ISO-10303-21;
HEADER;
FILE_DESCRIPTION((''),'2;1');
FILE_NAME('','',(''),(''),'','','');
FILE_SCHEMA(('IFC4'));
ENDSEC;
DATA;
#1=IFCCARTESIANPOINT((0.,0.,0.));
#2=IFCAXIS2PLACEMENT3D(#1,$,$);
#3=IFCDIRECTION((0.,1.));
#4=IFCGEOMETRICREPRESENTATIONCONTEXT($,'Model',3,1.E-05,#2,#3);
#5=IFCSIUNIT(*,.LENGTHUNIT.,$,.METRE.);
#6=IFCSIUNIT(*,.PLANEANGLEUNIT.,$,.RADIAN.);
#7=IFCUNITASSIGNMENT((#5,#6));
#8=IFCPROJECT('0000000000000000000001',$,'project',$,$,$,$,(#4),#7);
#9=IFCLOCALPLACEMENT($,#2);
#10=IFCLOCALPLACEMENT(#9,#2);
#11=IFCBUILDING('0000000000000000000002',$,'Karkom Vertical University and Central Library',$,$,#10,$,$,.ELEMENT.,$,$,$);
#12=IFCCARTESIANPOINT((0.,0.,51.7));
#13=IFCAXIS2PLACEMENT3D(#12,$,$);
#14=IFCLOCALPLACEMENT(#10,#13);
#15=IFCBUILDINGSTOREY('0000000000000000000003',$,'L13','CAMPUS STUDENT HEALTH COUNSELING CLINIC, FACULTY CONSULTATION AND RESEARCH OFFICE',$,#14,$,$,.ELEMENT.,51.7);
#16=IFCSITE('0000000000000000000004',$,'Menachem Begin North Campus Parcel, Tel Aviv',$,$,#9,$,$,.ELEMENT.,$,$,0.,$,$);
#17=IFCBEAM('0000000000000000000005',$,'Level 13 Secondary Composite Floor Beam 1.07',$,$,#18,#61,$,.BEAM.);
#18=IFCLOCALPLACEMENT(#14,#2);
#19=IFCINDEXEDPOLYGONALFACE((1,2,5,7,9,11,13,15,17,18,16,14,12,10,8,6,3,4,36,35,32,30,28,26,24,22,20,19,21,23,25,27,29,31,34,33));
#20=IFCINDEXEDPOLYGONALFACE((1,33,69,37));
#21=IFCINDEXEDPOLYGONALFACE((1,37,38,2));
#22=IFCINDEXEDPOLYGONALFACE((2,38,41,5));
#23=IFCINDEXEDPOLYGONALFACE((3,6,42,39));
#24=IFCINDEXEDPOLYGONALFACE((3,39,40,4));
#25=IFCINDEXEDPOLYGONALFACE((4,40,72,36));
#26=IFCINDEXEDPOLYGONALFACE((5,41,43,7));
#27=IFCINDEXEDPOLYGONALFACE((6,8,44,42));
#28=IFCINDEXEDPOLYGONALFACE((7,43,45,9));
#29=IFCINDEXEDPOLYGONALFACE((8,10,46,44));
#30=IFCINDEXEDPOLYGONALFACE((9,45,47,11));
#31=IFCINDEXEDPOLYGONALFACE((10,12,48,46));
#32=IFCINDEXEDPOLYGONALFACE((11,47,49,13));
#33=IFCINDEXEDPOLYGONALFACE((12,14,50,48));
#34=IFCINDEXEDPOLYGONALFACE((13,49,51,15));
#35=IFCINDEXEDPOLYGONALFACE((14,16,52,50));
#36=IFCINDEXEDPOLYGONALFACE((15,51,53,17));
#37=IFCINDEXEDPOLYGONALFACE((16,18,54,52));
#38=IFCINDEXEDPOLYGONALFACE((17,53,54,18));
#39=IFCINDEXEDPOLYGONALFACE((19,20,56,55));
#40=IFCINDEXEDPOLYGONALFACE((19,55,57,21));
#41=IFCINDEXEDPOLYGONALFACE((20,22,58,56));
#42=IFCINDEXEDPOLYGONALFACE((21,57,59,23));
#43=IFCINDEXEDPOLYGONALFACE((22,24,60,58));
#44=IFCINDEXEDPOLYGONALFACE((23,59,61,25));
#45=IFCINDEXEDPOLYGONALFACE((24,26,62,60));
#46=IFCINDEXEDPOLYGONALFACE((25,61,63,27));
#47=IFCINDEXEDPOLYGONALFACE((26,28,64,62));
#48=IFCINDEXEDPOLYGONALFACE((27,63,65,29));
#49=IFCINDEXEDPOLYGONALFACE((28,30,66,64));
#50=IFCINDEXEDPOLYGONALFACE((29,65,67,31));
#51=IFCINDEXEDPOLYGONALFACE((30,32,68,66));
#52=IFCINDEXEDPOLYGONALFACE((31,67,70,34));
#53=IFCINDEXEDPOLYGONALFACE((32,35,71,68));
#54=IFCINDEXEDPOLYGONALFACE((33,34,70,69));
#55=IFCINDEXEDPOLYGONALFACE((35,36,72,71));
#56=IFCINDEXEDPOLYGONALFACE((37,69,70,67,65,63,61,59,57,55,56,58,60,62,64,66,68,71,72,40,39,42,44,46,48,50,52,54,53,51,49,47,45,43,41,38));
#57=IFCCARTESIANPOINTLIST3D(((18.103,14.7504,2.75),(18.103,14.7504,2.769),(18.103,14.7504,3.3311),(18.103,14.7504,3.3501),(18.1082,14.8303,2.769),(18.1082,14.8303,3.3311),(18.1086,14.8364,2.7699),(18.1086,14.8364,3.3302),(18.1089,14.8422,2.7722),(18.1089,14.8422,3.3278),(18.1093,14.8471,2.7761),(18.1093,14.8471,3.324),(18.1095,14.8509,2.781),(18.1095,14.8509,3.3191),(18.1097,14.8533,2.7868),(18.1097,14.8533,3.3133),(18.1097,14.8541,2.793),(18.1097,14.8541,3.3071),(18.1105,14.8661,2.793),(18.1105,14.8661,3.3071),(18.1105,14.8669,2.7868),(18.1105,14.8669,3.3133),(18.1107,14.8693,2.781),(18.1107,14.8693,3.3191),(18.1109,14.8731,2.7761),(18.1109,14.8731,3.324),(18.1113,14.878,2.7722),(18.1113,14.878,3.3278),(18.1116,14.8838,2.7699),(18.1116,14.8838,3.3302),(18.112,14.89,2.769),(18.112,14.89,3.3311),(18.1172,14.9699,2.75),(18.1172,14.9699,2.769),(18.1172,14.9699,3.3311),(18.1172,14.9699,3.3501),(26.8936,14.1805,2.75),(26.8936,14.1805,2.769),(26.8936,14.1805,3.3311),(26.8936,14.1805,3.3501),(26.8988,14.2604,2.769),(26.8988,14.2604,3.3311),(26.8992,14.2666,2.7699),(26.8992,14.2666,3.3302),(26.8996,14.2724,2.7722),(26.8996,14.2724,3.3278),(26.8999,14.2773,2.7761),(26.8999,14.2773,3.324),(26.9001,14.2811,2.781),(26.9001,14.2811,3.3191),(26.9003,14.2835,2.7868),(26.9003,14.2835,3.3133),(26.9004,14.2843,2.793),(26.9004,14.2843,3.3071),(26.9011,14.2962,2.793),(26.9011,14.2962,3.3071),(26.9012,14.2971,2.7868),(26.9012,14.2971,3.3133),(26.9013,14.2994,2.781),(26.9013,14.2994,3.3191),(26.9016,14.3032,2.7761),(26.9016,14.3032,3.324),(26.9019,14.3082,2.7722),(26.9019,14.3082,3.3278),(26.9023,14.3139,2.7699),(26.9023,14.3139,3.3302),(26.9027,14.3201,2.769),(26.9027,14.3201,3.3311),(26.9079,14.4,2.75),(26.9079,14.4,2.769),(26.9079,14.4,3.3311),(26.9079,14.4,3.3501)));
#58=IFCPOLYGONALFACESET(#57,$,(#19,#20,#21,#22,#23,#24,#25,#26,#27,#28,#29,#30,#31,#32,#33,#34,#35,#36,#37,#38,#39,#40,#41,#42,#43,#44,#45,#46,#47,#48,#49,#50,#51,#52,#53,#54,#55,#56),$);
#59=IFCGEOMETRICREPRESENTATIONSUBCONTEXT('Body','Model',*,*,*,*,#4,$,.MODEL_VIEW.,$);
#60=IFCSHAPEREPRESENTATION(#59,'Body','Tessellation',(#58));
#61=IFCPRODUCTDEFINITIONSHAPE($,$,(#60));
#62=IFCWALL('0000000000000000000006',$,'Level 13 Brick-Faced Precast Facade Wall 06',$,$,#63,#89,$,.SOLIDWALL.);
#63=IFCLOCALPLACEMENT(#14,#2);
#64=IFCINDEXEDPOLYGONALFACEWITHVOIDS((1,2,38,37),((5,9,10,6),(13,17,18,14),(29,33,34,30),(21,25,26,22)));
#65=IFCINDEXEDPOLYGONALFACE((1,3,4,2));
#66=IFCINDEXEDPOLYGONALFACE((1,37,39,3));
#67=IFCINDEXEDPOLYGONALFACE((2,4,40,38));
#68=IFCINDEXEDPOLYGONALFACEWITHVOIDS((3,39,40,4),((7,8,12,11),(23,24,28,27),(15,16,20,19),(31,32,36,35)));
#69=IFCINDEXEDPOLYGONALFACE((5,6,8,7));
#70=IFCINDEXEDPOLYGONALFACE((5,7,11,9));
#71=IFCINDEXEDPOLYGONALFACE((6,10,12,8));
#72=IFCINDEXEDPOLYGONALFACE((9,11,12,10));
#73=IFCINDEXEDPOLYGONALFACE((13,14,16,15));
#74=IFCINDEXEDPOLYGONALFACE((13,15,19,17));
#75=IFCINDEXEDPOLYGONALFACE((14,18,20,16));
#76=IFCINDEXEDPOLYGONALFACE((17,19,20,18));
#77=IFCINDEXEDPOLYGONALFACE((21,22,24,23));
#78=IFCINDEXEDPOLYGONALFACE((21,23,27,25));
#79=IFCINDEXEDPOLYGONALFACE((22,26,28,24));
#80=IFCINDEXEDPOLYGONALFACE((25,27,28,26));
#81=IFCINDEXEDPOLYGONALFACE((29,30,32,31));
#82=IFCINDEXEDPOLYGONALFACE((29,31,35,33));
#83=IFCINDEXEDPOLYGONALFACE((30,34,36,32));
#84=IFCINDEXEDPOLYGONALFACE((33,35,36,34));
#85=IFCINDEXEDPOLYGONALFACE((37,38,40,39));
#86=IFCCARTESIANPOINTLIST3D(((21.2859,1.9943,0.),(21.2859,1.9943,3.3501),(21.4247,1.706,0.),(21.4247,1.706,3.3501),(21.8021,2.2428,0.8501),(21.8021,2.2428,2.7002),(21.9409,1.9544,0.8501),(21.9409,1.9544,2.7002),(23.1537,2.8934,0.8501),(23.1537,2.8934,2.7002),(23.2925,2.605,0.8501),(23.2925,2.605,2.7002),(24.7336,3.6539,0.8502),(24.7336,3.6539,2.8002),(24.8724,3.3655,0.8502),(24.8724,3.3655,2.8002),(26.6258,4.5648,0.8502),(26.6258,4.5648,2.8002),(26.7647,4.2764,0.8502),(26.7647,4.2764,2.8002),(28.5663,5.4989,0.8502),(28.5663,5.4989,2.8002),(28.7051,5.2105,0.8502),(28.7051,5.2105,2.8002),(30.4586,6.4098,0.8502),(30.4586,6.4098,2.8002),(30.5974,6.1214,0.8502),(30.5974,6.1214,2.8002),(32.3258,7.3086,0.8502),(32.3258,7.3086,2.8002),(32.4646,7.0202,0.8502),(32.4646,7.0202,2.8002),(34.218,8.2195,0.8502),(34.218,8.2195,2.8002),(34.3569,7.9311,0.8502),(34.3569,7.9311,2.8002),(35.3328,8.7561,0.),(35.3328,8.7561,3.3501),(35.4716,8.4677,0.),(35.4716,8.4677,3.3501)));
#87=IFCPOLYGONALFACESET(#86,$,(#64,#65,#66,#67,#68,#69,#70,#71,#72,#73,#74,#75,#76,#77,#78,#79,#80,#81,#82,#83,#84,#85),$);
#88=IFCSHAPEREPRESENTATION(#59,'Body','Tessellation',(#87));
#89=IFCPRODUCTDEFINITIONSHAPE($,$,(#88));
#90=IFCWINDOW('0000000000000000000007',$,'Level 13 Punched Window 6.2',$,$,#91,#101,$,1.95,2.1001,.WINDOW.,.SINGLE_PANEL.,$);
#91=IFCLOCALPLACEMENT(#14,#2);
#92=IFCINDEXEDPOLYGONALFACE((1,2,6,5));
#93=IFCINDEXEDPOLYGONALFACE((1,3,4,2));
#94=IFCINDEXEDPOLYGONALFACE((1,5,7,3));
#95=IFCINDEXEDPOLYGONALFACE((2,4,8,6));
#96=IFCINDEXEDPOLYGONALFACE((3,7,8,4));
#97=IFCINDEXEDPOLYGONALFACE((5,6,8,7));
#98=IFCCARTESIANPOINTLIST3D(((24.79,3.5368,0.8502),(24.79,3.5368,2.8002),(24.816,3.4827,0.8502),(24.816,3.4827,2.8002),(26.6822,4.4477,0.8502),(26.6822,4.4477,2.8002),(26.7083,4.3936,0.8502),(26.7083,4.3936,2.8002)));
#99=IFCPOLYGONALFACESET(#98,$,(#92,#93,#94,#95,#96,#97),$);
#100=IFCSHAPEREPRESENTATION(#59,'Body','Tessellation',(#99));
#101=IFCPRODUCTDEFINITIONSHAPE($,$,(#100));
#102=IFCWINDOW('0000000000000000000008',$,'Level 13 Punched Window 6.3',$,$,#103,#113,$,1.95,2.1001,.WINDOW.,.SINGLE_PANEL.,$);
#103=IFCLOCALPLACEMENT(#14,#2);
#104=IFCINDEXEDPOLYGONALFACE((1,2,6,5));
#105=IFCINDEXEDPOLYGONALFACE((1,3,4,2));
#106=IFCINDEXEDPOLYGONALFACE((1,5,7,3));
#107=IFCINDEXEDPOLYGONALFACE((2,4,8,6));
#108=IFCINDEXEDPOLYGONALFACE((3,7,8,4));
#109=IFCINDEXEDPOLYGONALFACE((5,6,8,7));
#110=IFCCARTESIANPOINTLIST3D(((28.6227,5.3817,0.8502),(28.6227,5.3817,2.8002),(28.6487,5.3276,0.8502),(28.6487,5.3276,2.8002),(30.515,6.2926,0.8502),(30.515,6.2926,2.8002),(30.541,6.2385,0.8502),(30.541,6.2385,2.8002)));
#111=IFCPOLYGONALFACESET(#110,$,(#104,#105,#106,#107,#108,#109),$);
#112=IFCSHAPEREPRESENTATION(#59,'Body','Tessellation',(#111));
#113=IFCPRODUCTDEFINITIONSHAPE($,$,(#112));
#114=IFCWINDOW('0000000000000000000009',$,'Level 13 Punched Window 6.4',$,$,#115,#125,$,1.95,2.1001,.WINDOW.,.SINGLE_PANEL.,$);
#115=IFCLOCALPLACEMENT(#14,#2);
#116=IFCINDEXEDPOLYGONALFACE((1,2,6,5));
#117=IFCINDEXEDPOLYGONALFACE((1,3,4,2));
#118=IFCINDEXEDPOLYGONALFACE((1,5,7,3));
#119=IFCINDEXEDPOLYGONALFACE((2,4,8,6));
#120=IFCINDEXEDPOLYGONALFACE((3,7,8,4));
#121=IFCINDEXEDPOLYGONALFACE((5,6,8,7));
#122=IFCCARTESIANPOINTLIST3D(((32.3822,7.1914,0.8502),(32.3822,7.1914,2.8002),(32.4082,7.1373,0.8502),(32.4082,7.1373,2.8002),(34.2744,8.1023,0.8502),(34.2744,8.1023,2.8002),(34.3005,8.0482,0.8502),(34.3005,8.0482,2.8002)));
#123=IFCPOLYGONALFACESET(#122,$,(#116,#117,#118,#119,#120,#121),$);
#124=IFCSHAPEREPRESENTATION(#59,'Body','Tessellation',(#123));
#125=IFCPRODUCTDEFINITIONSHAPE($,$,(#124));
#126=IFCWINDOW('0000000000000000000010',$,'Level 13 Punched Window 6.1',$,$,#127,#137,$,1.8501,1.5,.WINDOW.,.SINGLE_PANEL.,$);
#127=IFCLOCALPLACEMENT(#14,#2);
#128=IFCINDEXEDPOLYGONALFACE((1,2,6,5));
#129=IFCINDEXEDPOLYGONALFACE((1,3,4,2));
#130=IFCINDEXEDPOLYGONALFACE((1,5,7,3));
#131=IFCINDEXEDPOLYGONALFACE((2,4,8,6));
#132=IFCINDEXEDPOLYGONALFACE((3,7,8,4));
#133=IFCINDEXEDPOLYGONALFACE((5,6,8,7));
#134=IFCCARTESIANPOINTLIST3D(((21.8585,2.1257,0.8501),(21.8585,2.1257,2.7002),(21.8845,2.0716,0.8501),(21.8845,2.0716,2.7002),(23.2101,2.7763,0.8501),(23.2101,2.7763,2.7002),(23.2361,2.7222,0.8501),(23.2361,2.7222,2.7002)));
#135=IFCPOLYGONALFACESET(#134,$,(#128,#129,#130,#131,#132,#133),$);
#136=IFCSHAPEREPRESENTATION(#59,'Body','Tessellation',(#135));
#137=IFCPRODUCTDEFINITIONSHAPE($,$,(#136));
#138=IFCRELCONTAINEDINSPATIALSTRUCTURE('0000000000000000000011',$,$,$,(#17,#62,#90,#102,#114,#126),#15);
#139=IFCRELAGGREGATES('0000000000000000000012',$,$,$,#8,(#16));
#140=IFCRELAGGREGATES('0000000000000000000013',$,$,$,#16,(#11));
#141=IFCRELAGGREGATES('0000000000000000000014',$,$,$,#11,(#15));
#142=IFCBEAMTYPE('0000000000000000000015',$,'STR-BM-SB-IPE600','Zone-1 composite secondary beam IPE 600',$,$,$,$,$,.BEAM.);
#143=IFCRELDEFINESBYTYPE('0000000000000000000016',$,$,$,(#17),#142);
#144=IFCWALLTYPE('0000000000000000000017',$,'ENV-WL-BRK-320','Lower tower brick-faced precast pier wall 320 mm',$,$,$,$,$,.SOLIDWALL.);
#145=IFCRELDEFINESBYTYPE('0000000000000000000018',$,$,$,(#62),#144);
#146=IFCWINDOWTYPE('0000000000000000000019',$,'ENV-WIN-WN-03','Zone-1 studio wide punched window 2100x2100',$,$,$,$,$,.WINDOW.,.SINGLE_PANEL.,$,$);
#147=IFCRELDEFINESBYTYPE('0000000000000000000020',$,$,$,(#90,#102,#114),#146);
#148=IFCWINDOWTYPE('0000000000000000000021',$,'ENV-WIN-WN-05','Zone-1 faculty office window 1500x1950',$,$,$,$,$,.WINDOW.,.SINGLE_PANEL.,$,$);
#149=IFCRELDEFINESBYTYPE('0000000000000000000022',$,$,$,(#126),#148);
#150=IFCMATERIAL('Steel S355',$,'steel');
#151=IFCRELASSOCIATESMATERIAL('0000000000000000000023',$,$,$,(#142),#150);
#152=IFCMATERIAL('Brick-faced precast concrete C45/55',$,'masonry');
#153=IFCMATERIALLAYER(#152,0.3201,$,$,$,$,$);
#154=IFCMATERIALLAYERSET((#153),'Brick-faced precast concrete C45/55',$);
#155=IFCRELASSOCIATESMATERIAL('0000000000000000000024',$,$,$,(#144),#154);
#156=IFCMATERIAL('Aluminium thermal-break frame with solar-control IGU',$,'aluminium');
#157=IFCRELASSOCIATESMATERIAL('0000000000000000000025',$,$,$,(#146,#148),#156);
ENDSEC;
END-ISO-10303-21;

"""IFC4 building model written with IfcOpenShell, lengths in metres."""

from ifc_helpers import new_model, si_unit, direction, frame, frame_2d, origin, origin_with_axes, origin_2d, place, context, subcontext, project, spatial, rectangle, i_section, extrude, source, transform, mapped, material, layer, layer_set, material_profile, profile_set, type_object, element, fill, save


model = new_model("IFC4")

# Units and contexts
model_context = context("Model", 3, precision=1e-05, world=origin(), true_north=direction((0.0, 1.0)))
body_context = subcontext(model_context, "Body", "Model", "MODEL_VIEW")
ifc_project = project(units=[si_unit("LENGTHUNIT", "METRE"), si_unit("PLANEANGLEUNIT", "RADIAN")], contexts=[model_context])

# Site, building, storey
site_placement = place(None, origin())
site = spatial("IfcSite", under=ifc_project, at=site_placement, Name="Menachem Begin North Campus Parcel, Tel Aviv", CompositionType="ELEMENT", RefElevation=0.0)
building_placement = place(site_placement, origin())
building = spatial("IfcBuilding", under=site, at=building_placement, Name="Karkom Vertical University and Central Library", CompositionType="ELEMENT")
storey_placement = place(building_placement, frame((0.0, 0.0, 51.7)))
storey = spatial("IfcBuildingStorey", under=building, at=storey_placement, Name="L13", Description="CAMPUS STUDENT HEALTH COUNSELING CLINIC, FACULTY CONSULTATION AND RESEARCH OFFICE", CompositionType="ELEMENT", Elevation=51.7)

# Beam
ifc_material_1 = material(Name="Steel S355", Category="steel")
ifc_material_profile_1 = material_profile(ifc_material_1, i_section(OverallWidth=0.22, OverallDepth=0.6001, WebThickness=0.012, FlangeThickness=0.019, FilletRadius=0.0239, at=origin_2d()), Name="IPE 600")
ifc_profile_set_1 = profile_set([ifc_material_profile_1], Name="Steel S355")
beam_type_1 = type_object("IfcBeamType", Name="STR-BM-SB-IPE600", Description="Zone-1 composite secondary beam IPE 600", PredefinedType="BEAM", material=ifc_profile_set_1)
shared_shape_1 = source(origin_with_axes(), body_context, "Body", "SweptSolid", [
    extrude(i_section(OverallWidth=0.22, OverallDepth=0.6001, WebThickness=0.012, FlangeThickness=0.019, FilletRadius=0.0239, at=origin_2d()), origin(), (0.0, 0.0, 1.0), 8.8091),
])
beam_1_placement = place(storey_placement, frame((18.1101, 14.8601, 3.05), z_axis=(0.997906, -0.064687, 0.0), x_axis=(0.064687, 0.997906, 0.0)))
element("IfcBeam", 1, at=beam_1_placement, inside=storey, type_object=beam_type_1, Name="Level 13 Secondary Composite Floor Beam 1.07", PredefinedType="BEAM", context=body_context, shape_type="MappedRepresentation", body=[
    mapped(shared_shape_1, transform((0.0, 0.0, 0.0), scale=1.0)),
])

# Wall, openings, windows
ifc_material_2 = material(Name="Brick-faced precast concrete C45/55", Category="masonry")
ifc_layer_1 = layer(ifc_material_2, 0.3201)
ifc_layer_set_1 = layer_set([ifc_layer_1], Name="Brick-faced precast concrete C45/55")
wall_type_1 = type_object("IfcWallType", Name="ENV-WL-BRK-320", Description="Lower tower brick-faced precast pier wall 320 mm", PredefinedType="SOLIDWALL", material=ifc_layer_set_1)
wall_1_placement = place(storey_placement, frame((21.3552, 1.8501, 0.0), z_axis=(0.0, 0.0, 1.0), x_axis=(0.901042, 0.433733, 0.0)))
wall_1 = element("IfcWall", 2, at=wall_1_placement, inside=storey, type_object=wall_type_1, Name="Level 13 Brick-Faced Precast Facade Wall 06", PredefinedType="SOLIDWALL", context=body_context, shape_type="SweptSolid", body=[
    extrude(rectangle(XDim=15.5896, YDim=0.3201, at=frame_2d((7.7949, 0.0))), origin(), (0.0, 0.0, 1.0), 3.3501),
])
opening_1_placement = place(wall_1_placement, frame((0.573, 0.0, 0.8501)))
opening_1 = element("IfcOpeningElement", 3, at=opening_1_placement, cuts=wall_1, PredefinedType="OPENING", context=body_context, shape_type="SweptSolid", body=[
    extrude(rectangle(XDim=1.5, YDim=1.8501, at=frame_2d((0.75, 0.925))), frame((0.0, 0.1699, 0.0), z_axis=(0.0, -1.0, 0.0), x_axis=(1.0, 0.0, 0.0)), (0.0, 0.0, 1.0), 0.3401),
])
opening_2_placement = place(wall_1_placement, frame((3.8264, 0.0, 0.8501)))
opening_2 = element("IfcOpeningElement", 4, at=opening_2_placement, cuts=wall_1, PredefinedType="OPENING", context=body_context, shape_type="SweptSolid", body=[
    extrude(rectangle(XDim=2.1001, YDim=1.95, at=frame_2d((1.05, 0.9751))), frame((0.0, 0.1699, 0.0), z_axis=(0.0, -1.0, 0.0), x_axis=(1.0, 0.0, 0.0)), (0.0, 0.0, 1.0), 0.3401),
])
opening_3_placement = place(wall_1_placement, frame((8.0801, 0.0, 0.8501)))
opening_3 = element("IfcOpeningElement", 5, at=opening_3_placement, cuts=wall_1, PredefinedType="OPENING", context=body_context, shape_type="SweptSolid", body=[
    extrude(rectangle(XDim=2.1001, YDim=1.95, at=frame_2d((1.05, 0.9751))), frame((0.0, 0.1699, 0.0), z_axis=(0.0, -1.0, 0.0), x_axis=(1.0, 0.0, 0.0)), (0.0, 0.0, 1.0), 0.3401),
])
opening_4_placement = place(wall_1_placement, frame((12.2524, 0.0, 0.8501)))
opening_4 = element("IfcOpeningElement", 6, at=opening_4_placement, cuts=wall_1, PredefinedType="OPENING", context=body_context, shape_type="SweptSolid", body=[
    extrude(rectangle(XDim=2.1001, YDim=1.95, at=frame_2d((1.05, 0.9751))), frame((0.0, 0.1699, 0.0), z_axis=(0.0, -1.0, 0.0), x_axis=(1.0, 0.0, 0.0)), (0.0, 0.0, 1.0), 0.3401),
])
ifc_material_3 = material(Name="Aluminium thermal-break frame with solar-control IGU", Category="aluminium")
window_type_1 = type_object("IfcWindowType", Name="ENV-WIN-WN-03", Description="Zone-1 studio wide punched window 2100x2100", PartitioningType="SINGLE_PANEL", PredefinedType="WINDOW", material=ifc_material_3)
shared_shape_2 = source(origin_with_axes(), body_context, "Body", "SweptSolid", [
    extrude(rectangle(XDim=2.1001, YDim=1.95, at=frame_2d((1.05, 0.9751))), frame((0.0, 0.03, 0.0), z_axis=(0.0, -1.0, 0.0), x_axis=(1.0, 0.0, 0.0)), (0.0, 0.0, 1.0), 0.0601),
])
window_1_placement = place(opening_2_placement, origin())
window_1 = element("IfcWindow", 7, at=window_1_placement, inside=storey, type_object=window_type_1, Name="Level 13 Punched Window 6.2", OverallHeight=1.95, OverallWidth=2.1001, PartitioningType="SINGLE_PANEL", PredefinedType="WINDOW", context=body_context, shape_type="MappedRepresentation", body=[
    mapped(shared_shape_2, transform((0.0, 0.0, 0.0), scale=1.0)),
])
fill(opening_2, window_1)
window_2_placement = place(opening_3_placement, origin())
window_2 = element("IfcWindow", 8, at=window_2_placement, inside=storey, type_object=window_type_1, Name="Level 13 Punched Window 6.3", OverallHeight=1.95, OverallWidth=2.1001, PartitioningType="SINGLE_PANEL", PredefinedType="WINDOW", context=body_context, shape_type="MappedRepresentation", body=[
    mapped(shared_shape_2, transform((0.0, 0.0, 0.0), scale=1.0)),
])
fill(opening_3, window_2)
window_3_placement = place(opening_4_placement, origin())
window_3 = element("IfcWindow", 9, at=window_3_placement, inside=storey, type_object=window_type_1, Name="Level 13 Punched Window 6.4", OverallHeight=1.95, OverallWidth=2.1001, PartitioningType="SINGLE_PANEL", PredefinedType="WINDOW", context=body_context, shape_type="MappedRepresentation", body=[
    mapped(shared_shape_2, transform((0.0, 0.0, 0.0), scale=1.0)),
])
fill(opening_4, window_3)
window_type_2 = type_object("IfcWindowType", Name="ENV-WIN-WN-05", Description="Zone-1 faculty office window 1500x1950", PartitioningType="SINGLE_PANEL", PredefinedType="WINDOW", material=ifc_material_3)
shared_shape_3 = source(origin_with_axes(), body_context, "Body", "SweptSolid", [
    extrude(rectangle(XDim=1.5, YDim=1.8501, at=frame_2d((0.75, 0.925))), frame((0.0, 0.03, 0.0), z_axis=(0.0, -1.0, 0.0), x_axis=(1.0, 0.0, 0.0)), (0.0, 0.0, 1.0), 0.0601),
])
window_4_placement = place(opening_1_placement, origin())
window_4 = element("IfcWindow", 10, at=window_4_placement, inside=storey, type_object=window_type_2, Name="Level 13 Punched Window 6.1", OverallHeight=1.8501, OverallWidth=1.5, PartitioningType="SINGLE_PANEL", PredefinedType="WINDOW", context=body_context, shape_type="MappedRepresentation", body=[
    mapped(shared_shape_3, transform((0.0, 0.0, 0.0), scale=1.0)),
])
fill(opening_1, window_4)

save(model, "model.ifc")
